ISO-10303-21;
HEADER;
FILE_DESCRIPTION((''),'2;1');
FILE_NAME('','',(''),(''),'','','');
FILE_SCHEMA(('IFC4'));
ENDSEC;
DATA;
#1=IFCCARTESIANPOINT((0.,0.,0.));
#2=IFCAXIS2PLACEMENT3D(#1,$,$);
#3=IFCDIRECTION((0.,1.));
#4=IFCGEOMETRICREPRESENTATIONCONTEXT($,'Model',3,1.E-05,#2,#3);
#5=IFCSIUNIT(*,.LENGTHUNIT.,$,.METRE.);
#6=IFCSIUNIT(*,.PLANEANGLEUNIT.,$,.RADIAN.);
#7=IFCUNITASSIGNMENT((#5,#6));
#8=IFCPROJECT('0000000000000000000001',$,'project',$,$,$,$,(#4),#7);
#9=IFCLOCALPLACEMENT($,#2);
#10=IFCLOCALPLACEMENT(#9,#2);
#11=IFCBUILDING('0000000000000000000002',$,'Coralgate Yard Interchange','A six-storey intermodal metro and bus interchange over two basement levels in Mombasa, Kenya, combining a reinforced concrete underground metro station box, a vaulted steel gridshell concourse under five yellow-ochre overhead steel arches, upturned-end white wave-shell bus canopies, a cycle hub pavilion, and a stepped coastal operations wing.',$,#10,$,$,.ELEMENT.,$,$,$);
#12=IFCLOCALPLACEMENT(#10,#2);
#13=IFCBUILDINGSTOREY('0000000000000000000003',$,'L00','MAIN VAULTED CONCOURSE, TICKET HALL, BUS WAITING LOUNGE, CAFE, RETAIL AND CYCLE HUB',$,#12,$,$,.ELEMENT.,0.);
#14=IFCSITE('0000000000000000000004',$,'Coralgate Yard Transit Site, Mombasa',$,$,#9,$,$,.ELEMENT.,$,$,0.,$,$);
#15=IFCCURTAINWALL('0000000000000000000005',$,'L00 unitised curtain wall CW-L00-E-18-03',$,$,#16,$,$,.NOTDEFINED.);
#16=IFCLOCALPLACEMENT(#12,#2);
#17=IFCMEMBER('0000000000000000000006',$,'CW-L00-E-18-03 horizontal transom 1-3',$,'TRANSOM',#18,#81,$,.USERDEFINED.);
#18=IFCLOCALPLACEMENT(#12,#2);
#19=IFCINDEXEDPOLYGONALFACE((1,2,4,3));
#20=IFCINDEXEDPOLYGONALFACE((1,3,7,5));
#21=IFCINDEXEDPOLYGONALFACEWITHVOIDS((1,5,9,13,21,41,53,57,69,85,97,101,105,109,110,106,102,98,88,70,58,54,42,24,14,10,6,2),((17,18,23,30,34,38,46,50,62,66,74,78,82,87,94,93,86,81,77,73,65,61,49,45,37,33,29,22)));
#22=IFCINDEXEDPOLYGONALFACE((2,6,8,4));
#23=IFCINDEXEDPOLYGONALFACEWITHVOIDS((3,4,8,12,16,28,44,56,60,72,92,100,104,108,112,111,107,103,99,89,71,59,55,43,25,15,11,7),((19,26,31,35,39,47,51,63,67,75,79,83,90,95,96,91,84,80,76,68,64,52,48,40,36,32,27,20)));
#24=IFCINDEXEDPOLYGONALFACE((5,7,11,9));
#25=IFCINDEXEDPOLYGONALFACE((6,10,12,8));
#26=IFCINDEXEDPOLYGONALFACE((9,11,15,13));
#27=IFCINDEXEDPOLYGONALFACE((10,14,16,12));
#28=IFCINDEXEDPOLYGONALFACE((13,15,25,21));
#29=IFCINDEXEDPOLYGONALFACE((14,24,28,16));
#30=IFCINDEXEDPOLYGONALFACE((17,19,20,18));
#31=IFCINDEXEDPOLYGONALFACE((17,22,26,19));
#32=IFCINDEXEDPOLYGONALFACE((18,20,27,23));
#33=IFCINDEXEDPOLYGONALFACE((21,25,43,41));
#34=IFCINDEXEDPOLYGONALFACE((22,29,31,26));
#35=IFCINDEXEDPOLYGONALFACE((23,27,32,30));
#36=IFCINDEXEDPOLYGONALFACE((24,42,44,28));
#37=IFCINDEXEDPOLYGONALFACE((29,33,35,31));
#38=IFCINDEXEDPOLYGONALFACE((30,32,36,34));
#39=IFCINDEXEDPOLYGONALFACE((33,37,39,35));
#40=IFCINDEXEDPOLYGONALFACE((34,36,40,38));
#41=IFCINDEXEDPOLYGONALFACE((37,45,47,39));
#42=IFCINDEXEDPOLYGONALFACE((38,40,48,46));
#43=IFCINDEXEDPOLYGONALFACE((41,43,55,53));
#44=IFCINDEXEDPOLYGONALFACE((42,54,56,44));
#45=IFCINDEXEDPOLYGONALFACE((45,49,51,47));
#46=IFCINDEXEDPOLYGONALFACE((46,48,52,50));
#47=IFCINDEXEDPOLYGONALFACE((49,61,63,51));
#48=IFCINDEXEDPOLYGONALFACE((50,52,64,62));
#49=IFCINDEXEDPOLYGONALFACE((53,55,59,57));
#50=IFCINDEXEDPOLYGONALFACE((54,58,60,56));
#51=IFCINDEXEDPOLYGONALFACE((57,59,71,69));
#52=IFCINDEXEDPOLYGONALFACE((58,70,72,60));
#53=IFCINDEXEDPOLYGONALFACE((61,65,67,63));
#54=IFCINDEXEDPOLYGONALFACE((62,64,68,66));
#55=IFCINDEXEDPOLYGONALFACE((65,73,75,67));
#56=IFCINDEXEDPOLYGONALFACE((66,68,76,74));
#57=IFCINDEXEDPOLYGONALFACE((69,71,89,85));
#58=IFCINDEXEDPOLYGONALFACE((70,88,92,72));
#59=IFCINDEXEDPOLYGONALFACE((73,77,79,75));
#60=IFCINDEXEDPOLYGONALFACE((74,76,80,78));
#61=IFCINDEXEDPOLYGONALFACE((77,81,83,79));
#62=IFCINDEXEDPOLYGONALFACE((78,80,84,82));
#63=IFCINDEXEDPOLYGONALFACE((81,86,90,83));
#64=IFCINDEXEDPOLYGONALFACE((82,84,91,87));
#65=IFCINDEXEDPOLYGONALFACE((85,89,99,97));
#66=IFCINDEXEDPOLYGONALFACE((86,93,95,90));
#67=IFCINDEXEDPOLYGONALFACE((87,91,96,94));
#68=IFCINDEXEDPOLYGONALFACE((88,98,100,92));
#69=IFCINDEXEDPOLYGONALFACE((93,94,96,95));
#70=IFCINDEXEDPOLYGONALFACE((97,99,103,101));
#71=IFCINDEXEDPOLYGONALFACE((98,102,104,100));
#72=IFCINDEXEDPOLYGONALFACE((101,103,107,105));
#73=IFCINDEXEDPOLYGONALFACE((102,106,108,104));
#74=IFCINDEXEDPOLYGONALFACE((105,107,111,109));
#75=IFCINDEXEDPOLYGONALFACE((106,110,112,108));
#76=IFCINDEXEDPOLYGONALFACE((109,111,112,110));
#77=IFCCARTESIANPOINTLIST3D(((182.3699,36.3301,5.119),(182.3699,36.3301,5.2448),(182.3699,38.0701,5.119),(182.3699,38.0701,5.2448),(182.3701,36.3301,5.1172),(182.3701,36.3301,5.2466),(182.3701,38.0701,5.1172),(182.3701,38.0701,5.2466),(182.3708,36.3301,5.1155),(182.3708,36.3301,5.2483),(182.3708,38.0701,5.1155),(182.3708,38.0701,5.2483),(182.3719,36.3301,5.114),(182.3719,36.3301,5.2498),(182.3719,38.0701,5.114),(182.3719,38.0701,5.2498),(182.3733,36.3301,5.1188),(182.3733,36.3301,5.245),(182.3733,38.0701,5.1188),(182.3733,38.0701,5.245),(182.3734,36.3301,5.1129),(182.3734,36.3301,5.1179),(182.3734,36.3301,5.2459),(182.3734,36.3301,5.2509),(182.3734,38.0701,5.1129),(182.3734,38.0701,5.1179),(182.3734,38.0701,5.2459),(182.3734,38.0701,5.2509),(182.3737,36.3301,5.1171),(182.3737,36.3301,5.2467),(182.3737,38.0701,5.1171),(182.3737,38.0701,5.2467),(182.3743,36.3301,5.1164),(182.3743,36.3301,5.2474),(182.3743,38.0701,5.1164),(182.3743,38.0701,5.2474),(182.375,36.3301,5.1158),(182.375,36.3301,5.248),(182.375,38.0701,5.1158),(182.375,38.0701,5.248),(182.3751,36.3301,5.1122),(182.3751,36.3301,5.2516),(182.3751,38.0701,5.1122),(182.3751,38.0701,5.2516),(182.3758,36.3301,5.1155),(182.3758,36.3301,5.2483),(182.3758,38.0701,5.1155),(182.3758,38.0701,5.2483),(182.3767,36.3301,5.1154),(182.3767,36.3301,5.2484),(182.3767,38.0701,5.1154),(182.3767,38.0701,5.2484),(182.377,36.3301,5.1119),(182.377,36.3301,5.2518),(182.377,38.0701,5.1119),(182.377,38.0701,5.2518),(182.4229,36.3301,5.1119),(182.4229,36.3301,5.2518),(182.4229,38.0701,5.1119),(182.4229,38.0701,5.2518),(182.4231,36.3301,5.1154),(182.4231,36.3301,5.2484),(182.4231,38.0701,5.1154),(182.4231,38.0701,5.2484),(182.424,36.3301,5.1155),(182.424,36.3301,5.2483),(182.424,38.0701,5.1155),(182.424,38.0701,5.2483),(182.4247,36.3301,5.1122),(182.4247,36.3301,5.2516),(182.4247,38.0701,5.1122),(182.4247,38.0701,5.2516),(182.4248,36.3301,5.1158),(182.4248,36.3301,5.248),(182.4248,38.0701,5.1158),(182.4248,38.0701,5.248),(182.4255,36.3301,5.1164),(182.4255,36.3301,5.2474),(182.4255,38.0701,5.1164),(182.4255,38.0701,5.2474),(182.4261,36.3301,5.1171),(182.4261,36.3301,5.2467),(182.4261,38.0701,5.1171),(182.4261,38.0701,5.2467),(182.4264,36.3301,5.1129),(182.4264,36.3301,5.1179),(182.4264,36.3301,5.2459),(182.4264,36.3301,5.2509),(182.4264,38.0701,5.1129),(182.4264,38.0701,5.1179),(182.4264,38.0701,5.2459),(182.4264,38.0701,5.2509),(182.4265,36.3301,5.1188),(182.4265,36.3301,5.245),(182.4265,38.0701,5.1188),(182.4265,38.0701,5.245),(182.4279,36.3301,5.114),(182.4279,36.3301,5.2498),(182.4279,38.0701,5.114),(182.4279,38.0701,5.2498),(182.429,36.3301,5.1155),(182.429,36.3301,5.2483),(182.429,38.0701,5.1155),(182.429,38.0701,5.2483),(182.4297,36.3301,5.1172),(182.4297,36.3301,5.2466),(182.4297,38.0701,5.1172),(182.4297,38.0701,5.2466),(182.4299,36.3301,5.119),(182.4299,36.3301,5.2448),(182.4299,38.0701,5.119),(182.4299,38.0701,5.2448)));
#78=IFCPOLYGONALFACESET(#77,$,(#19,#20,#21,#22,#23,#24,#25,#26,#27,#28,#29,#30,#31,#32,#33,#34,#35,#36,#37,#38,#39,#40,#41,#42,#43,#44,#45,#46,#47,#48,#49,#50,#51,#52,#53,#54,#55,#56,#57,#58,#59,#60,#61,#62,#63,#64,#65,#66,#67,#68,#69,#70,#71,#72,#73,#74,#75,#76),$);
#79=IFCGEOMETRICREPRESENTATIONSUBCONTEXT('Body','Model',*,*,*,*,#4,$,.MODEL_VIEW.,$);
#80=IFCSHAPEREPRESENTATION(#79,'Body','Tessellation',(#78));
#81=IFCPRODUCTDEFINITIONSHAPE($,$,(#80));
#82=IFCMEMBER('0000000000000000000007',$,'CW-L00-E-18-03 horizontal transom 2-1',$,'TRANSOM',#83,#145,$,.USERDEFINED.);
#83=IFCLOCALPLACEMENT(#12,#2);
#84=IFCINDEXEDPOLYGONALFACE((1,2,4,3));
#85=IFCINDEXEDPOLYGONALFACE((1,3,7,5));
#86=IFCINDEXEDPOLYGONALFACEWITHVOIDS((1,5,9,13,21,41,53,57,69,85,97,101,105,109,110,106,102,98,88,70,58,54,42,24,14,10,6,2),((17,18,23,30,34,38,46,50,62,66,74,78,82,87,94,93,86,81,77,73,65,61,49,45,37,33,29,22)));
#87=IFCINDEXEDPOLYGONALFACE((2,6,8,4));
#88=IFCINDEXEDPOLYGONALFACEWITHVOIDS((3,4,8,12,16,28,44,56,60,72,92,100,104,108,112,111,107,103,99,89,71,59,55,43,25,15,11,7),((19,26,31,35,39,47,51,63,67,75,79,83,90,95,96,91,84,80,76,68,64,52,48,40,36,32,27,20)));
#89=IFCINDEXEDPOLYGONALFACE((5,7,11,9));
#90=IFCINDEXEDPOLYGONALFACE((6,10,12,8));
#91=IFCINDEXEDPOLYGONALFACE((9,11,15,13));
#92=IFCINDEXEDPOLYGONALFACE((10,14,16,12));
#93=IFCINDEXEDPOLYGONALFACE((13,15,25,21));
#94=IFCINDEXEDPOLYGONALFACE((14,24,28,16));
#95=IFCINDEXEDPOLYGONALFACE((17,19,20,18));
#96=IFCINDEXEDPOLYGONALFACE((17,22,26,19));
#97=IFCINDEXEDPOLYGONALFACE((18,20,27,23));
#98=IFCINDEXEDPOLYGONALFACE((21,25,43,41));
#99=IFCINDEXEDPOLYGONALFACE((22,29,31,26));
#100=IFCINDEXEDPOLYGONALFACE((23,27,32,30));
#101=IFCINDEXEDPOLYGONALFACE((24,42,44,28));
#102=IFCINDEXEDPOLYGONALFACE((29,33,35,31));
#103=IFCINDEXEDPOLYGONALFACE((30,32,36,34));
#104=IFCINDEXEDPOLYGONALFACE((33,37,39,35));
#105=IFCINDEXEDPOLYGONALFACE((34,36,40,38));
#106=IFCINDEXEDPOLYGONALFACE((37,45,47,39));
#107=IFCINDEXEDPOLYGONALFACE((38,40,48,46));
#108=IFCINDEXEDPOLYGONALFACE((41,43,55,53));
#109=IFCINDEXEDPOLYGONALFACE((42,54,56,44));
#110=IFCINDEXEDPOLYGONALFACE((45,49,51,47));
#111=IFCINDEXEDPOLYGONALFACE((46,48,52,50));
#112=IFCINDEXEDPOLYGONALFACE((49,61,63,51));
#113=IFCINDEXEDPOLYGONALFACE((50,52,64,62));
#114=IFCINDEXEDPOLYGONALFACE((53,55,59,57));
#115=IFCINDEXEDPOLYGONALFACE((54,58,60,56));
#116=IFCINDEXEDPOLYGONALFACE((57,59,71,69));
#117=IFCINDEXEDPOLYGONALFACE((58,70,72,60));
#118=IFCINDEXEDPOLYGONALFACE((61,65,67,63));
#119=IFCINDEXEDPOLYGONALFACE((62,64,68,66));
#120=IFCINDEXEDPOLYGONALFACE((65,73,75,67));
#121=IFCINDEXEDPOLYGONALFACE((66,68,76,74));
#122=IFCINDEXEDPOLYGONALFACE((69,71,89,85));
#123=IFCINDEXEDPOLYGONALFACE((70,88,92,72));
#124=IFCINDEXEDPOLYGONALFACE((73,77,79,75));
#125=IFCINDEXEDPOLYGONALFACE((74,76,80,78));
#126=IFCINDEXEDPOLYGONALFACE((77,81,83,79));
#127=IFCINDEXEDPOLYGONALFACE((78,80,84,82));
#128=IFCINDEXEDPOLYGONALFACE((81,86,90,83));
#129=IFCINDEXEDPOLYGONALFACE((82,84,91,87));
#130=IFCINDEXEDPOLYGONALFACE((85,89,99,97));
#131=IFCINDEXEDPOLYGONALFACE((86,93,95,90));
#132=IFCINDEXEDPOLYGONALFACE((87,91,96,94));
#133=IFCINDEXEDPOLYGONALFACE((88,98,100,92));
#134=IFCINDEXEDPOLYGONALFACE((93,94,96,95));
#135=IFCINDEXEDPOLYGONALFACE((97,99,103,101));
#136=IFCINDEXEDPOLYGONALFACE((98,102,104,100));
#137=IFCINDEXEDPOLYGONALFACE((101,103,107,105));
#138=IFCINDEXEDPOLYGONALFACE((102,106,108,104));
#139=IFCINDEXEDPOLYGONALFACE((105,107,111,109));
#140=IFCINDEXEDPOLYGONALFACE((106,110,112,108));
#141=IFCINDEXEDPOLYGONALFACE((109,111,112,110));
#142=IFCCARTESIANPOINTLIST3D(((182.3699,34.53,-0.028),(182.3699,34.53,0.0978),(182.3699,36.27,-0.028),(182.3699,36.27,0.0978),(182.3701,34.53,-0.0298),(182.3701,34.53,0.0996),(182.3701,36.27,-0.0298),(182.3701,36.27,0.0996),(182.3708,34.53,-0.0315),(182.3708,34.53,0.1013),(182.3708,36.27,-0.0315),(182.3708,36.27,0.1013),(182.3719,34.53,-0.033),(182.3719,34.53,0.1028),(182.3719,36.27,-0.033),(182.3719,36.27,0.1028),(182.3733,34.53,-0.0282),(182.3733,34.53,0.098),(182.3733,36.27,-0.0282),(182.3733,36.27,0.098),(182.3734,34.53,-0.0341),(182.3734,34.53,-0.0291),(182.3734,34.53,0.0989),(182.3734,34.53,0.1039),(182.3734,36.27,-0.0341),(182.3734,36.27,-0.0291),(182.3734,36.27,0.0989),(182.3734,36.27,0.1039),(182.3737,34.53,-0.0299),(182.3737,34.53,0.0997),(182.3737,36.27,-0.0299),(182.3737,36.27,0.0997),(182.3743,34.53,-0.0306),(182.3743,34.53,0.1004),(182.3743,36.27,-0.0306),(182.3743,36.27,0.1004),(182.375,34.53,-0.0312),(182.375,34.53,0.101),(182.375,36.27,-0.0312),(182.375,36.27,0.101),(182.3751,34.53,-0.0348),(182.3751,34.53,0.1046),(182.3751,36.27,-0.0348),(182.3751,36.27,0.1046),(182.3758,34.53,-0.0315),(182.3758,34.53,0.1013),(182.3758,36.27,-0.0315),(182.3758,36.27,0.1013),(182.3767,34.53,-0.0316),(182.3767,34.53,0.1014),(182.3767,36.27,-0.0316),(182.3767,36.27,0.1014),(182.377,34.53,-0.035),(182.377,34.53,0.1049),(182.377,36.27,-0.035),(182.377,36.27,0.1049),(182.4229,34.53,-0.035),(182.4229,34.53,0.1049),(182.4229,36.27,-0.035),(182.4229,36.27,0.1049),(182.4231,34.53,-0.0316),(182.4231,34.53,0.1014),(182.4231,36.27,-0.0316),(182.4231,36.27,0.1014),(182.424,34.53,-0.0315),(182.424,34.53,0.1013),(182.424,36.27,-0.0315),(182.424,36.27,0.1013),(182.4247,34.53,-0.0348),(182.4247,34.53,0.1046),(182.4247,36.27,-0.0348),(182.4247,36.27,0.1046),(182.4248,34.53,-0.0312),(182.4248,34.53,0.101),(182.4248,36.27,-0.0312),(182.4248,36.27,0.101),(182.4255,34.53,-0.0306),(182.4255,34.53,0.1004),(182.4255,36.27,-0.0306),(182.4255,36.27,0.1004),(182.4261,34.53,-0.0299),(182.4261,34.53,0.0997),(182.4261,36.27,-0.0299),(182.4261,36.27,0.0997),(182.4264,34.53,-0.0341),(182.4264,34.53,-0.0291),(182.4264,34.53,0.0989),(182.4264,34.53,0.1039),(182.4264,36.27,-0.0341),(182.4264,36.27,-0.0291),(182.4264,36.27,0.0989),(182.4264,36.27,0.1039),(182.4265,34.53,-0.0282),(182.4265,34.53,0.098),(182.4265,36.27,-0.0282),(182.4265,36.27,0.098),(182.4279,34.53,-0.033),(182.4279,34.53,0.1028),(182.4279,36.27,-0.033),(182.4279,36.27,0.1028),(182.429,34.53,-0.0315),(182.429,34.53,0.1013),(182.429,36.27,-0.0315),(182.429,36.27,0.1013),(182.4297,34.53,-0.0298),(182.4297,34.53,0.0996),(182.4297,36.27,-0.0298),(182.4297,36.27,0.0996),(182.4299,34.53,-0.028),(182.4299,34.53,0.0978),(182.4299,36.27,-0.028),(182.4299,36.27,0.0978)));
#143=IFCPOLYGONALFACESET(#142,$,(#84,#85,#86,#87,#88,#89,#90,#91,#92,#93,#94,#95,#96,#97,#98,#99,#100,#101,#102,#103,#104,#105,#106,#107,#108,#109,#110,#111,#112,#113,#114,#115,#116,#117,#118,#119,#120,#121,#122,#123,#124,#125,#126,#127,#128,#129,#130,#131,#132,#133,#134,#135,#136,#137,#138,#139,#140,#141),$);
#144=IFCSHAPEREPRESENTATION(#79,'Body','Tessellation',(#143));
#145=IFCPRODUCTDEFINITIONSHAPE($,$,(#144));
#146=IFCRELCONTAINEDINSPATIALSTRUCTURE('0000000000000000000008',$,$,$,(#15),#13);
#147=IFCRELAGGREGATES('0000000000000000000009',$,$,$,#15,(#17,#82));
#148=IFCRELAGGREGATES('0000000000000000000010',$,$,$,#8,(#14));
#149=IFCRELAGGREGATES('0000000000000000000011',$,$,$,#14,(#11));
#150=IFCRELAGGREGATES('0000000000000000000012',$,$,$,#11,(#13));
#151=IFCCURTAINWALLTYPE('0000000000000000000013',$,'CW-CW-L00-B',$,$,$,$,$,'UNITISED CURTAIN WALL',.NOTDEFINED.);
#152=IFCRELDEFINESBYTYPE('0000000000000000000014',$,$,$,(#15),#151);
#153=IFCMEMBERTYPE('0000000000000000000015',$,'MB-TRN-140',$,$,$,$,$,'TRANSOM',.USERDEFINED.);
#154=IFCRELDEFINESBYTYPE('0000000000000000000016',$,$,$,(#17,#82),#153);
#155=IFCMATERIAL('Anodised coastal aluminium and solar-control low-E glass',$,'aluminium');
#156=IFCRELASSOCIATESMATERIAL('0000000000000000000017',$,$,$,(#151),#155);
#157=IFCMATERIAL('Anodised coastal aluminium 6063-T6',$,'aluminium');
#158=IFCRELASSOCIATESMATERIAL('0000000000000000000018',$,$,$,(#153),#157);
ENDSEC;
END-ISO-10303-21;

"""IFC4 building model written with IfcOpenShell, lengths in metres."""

from ifc_helpers import new_model, si_unit, direction, frame, origin, origin_2d, place, context, subcontext, project, spatial, hollow_rectangle, extrude, material, material_profile, profile_set, type_object, element, aggregate, save


model = new_model("IFC4")

# Units and contexts
model_context = context("Model", 3, precision=1e-05, world=origin(), true_north=direction((0.0, 1.0)))
body_context = subcontext(model_context, "Body", "Model", "MODEL_VIEW")
ifc_project = project(units=[si_unit("LENGTHUNIT", "METRE"), si_unit("PLANEANGLEUNIT", "RADIAN")], contexts=[model_context])

# Site, building, storey
site_placement = place(None, origin())
site = spatial("IfcSite", under=ifc_project, at=site_placement, Name="Coralgate Yard Transit Site, Mombasa", CompositionType="ELEMENT", RefElevation=0.0)
building_placement = place(site_placement, origin())
building = spatial("IfcBuilding", under=site, at=building_placement, Name="Coralgate Yard Interchange", Description="A six-storey intermodal metro and bus interchange over two basement levels in Mombasa, Kenya, combining a reinforced concrete underground metro station box, a vaulted steel gridshell concourse under five yellow-ochre overhead steel arches, upturned-end white wave-shell bus canopies, a cycle hub pavilion, and a stepped coastal operations wing.", CompositionType="ELEMENT")
storey_placement = place(building_placement, origin())
storey = spatial("IfcBuildingStorey", under=building, at=storey_placement, Name="L00", Description="MAIN VAULTED CONCOURSE, TICKET HALL, BUS WAITING LOUNGE, CAFE, RETAIL AND CYCLE HUB", CompositionType="ELEMENT", Elevation=0.0)

# Curtain wall, members
ifc_material_1 = material(Name="Anodised coastal aluminium and solar-control low-E glass", Category="aluminium")
curtain_wall_type = type_object("IfcCurtainWallType", Name="CW-CW-L00-B", ElementType="UNITISED CURTAIN WALL", PredefinedType="NOTDEFINED", material=ifc_material_1)
curtain_wall_placement = place(storey_placement, origin())
curtain_wall = element("IfcCurtainWall", 1, at=curtain_wall_placement, inside=storey, type_object=curtain_wall_type, Name="L00 unitised curtain wall CW-L00-E-18-03", PredefinedType="NOTDEFINED")
ifc_material_2 = material(Name="Anodised coastal aluminium 6063-T6", Category="aluminium")
ifc_material_profile_1 = material_profile(ifc_material_2, hollow_rectangle(XDim=0.0601, YDim=0.1399, WallThickness=0.0034, InnerFilletRadius=0.0034, OuterFilletRadius=0.0071, at=origin_2d()), Name="ALU 60x140x3.5")
ifc_profile_set_1 = profile_set([ifc_material_profile_1], Name="Anodised coastal aluminium 6063-T6")
member_type_1 = type_object("IfcMemberType", Name="MB-TRN-140", ElementType="TRANSOM", PredefinedType="USERDEFINED", material=ifc_profile_set_1)
member_1_placement = place(storey_placement, frame((182.3999, 38.0701, 5.1819), z_axis=(0.0, -1.0, 0.0), x_axis=(1.0, 0.0, 0.0)))
member_1 = element("IfcMember", 2, at=member_1_placement, type_object=member_type_1, Name="CW-L00-E-18-03 horizontal transom 1-3", ObjectType="TRANSOM", PredefinedType="USERDEFINED", context=body_context, shape_type="SweptSolid", body=[
    extrude(hollow_rectangle(XDim=0.0601, YDim=0.1399, WallThickness=0.0034, InnerFilletRadius=0.0034, OuterFilletRadius=0.0071, at=origin_2d()), origin(), (0.0, 0.0, 1.0), 1.74),
])
member_2_placement = place(storey_placement, frame((182.3999, 36.27, 0.0349), z_axis=(0.0, -1.0, 0.0), x_axis=(1.0, 0.0, 0.0)))
member_2 = element("IfcMember", 3, at=member_2_placement, type_object=member_type_1, Name="CW-L00-E-18-03 horizontal transom 2-1", ObjectType="TRANSOM", PredefinedType="USERDEFINED", context=body_context, shape_type="SweptSolid", body=[
    extrude(hollow_rectangle(XDim=0.0601, YDim=0.1399, WallThickness=0.0034, InnerFilletRadius=0.0034, OuterFilletRadius=0.0071, at=origin_2d()), origin(), (0.0, 0.0, 1.0), 1.74),
])
aggregate(curtain_wall, [member_1, member_2])

save(model, "model.ifc")
